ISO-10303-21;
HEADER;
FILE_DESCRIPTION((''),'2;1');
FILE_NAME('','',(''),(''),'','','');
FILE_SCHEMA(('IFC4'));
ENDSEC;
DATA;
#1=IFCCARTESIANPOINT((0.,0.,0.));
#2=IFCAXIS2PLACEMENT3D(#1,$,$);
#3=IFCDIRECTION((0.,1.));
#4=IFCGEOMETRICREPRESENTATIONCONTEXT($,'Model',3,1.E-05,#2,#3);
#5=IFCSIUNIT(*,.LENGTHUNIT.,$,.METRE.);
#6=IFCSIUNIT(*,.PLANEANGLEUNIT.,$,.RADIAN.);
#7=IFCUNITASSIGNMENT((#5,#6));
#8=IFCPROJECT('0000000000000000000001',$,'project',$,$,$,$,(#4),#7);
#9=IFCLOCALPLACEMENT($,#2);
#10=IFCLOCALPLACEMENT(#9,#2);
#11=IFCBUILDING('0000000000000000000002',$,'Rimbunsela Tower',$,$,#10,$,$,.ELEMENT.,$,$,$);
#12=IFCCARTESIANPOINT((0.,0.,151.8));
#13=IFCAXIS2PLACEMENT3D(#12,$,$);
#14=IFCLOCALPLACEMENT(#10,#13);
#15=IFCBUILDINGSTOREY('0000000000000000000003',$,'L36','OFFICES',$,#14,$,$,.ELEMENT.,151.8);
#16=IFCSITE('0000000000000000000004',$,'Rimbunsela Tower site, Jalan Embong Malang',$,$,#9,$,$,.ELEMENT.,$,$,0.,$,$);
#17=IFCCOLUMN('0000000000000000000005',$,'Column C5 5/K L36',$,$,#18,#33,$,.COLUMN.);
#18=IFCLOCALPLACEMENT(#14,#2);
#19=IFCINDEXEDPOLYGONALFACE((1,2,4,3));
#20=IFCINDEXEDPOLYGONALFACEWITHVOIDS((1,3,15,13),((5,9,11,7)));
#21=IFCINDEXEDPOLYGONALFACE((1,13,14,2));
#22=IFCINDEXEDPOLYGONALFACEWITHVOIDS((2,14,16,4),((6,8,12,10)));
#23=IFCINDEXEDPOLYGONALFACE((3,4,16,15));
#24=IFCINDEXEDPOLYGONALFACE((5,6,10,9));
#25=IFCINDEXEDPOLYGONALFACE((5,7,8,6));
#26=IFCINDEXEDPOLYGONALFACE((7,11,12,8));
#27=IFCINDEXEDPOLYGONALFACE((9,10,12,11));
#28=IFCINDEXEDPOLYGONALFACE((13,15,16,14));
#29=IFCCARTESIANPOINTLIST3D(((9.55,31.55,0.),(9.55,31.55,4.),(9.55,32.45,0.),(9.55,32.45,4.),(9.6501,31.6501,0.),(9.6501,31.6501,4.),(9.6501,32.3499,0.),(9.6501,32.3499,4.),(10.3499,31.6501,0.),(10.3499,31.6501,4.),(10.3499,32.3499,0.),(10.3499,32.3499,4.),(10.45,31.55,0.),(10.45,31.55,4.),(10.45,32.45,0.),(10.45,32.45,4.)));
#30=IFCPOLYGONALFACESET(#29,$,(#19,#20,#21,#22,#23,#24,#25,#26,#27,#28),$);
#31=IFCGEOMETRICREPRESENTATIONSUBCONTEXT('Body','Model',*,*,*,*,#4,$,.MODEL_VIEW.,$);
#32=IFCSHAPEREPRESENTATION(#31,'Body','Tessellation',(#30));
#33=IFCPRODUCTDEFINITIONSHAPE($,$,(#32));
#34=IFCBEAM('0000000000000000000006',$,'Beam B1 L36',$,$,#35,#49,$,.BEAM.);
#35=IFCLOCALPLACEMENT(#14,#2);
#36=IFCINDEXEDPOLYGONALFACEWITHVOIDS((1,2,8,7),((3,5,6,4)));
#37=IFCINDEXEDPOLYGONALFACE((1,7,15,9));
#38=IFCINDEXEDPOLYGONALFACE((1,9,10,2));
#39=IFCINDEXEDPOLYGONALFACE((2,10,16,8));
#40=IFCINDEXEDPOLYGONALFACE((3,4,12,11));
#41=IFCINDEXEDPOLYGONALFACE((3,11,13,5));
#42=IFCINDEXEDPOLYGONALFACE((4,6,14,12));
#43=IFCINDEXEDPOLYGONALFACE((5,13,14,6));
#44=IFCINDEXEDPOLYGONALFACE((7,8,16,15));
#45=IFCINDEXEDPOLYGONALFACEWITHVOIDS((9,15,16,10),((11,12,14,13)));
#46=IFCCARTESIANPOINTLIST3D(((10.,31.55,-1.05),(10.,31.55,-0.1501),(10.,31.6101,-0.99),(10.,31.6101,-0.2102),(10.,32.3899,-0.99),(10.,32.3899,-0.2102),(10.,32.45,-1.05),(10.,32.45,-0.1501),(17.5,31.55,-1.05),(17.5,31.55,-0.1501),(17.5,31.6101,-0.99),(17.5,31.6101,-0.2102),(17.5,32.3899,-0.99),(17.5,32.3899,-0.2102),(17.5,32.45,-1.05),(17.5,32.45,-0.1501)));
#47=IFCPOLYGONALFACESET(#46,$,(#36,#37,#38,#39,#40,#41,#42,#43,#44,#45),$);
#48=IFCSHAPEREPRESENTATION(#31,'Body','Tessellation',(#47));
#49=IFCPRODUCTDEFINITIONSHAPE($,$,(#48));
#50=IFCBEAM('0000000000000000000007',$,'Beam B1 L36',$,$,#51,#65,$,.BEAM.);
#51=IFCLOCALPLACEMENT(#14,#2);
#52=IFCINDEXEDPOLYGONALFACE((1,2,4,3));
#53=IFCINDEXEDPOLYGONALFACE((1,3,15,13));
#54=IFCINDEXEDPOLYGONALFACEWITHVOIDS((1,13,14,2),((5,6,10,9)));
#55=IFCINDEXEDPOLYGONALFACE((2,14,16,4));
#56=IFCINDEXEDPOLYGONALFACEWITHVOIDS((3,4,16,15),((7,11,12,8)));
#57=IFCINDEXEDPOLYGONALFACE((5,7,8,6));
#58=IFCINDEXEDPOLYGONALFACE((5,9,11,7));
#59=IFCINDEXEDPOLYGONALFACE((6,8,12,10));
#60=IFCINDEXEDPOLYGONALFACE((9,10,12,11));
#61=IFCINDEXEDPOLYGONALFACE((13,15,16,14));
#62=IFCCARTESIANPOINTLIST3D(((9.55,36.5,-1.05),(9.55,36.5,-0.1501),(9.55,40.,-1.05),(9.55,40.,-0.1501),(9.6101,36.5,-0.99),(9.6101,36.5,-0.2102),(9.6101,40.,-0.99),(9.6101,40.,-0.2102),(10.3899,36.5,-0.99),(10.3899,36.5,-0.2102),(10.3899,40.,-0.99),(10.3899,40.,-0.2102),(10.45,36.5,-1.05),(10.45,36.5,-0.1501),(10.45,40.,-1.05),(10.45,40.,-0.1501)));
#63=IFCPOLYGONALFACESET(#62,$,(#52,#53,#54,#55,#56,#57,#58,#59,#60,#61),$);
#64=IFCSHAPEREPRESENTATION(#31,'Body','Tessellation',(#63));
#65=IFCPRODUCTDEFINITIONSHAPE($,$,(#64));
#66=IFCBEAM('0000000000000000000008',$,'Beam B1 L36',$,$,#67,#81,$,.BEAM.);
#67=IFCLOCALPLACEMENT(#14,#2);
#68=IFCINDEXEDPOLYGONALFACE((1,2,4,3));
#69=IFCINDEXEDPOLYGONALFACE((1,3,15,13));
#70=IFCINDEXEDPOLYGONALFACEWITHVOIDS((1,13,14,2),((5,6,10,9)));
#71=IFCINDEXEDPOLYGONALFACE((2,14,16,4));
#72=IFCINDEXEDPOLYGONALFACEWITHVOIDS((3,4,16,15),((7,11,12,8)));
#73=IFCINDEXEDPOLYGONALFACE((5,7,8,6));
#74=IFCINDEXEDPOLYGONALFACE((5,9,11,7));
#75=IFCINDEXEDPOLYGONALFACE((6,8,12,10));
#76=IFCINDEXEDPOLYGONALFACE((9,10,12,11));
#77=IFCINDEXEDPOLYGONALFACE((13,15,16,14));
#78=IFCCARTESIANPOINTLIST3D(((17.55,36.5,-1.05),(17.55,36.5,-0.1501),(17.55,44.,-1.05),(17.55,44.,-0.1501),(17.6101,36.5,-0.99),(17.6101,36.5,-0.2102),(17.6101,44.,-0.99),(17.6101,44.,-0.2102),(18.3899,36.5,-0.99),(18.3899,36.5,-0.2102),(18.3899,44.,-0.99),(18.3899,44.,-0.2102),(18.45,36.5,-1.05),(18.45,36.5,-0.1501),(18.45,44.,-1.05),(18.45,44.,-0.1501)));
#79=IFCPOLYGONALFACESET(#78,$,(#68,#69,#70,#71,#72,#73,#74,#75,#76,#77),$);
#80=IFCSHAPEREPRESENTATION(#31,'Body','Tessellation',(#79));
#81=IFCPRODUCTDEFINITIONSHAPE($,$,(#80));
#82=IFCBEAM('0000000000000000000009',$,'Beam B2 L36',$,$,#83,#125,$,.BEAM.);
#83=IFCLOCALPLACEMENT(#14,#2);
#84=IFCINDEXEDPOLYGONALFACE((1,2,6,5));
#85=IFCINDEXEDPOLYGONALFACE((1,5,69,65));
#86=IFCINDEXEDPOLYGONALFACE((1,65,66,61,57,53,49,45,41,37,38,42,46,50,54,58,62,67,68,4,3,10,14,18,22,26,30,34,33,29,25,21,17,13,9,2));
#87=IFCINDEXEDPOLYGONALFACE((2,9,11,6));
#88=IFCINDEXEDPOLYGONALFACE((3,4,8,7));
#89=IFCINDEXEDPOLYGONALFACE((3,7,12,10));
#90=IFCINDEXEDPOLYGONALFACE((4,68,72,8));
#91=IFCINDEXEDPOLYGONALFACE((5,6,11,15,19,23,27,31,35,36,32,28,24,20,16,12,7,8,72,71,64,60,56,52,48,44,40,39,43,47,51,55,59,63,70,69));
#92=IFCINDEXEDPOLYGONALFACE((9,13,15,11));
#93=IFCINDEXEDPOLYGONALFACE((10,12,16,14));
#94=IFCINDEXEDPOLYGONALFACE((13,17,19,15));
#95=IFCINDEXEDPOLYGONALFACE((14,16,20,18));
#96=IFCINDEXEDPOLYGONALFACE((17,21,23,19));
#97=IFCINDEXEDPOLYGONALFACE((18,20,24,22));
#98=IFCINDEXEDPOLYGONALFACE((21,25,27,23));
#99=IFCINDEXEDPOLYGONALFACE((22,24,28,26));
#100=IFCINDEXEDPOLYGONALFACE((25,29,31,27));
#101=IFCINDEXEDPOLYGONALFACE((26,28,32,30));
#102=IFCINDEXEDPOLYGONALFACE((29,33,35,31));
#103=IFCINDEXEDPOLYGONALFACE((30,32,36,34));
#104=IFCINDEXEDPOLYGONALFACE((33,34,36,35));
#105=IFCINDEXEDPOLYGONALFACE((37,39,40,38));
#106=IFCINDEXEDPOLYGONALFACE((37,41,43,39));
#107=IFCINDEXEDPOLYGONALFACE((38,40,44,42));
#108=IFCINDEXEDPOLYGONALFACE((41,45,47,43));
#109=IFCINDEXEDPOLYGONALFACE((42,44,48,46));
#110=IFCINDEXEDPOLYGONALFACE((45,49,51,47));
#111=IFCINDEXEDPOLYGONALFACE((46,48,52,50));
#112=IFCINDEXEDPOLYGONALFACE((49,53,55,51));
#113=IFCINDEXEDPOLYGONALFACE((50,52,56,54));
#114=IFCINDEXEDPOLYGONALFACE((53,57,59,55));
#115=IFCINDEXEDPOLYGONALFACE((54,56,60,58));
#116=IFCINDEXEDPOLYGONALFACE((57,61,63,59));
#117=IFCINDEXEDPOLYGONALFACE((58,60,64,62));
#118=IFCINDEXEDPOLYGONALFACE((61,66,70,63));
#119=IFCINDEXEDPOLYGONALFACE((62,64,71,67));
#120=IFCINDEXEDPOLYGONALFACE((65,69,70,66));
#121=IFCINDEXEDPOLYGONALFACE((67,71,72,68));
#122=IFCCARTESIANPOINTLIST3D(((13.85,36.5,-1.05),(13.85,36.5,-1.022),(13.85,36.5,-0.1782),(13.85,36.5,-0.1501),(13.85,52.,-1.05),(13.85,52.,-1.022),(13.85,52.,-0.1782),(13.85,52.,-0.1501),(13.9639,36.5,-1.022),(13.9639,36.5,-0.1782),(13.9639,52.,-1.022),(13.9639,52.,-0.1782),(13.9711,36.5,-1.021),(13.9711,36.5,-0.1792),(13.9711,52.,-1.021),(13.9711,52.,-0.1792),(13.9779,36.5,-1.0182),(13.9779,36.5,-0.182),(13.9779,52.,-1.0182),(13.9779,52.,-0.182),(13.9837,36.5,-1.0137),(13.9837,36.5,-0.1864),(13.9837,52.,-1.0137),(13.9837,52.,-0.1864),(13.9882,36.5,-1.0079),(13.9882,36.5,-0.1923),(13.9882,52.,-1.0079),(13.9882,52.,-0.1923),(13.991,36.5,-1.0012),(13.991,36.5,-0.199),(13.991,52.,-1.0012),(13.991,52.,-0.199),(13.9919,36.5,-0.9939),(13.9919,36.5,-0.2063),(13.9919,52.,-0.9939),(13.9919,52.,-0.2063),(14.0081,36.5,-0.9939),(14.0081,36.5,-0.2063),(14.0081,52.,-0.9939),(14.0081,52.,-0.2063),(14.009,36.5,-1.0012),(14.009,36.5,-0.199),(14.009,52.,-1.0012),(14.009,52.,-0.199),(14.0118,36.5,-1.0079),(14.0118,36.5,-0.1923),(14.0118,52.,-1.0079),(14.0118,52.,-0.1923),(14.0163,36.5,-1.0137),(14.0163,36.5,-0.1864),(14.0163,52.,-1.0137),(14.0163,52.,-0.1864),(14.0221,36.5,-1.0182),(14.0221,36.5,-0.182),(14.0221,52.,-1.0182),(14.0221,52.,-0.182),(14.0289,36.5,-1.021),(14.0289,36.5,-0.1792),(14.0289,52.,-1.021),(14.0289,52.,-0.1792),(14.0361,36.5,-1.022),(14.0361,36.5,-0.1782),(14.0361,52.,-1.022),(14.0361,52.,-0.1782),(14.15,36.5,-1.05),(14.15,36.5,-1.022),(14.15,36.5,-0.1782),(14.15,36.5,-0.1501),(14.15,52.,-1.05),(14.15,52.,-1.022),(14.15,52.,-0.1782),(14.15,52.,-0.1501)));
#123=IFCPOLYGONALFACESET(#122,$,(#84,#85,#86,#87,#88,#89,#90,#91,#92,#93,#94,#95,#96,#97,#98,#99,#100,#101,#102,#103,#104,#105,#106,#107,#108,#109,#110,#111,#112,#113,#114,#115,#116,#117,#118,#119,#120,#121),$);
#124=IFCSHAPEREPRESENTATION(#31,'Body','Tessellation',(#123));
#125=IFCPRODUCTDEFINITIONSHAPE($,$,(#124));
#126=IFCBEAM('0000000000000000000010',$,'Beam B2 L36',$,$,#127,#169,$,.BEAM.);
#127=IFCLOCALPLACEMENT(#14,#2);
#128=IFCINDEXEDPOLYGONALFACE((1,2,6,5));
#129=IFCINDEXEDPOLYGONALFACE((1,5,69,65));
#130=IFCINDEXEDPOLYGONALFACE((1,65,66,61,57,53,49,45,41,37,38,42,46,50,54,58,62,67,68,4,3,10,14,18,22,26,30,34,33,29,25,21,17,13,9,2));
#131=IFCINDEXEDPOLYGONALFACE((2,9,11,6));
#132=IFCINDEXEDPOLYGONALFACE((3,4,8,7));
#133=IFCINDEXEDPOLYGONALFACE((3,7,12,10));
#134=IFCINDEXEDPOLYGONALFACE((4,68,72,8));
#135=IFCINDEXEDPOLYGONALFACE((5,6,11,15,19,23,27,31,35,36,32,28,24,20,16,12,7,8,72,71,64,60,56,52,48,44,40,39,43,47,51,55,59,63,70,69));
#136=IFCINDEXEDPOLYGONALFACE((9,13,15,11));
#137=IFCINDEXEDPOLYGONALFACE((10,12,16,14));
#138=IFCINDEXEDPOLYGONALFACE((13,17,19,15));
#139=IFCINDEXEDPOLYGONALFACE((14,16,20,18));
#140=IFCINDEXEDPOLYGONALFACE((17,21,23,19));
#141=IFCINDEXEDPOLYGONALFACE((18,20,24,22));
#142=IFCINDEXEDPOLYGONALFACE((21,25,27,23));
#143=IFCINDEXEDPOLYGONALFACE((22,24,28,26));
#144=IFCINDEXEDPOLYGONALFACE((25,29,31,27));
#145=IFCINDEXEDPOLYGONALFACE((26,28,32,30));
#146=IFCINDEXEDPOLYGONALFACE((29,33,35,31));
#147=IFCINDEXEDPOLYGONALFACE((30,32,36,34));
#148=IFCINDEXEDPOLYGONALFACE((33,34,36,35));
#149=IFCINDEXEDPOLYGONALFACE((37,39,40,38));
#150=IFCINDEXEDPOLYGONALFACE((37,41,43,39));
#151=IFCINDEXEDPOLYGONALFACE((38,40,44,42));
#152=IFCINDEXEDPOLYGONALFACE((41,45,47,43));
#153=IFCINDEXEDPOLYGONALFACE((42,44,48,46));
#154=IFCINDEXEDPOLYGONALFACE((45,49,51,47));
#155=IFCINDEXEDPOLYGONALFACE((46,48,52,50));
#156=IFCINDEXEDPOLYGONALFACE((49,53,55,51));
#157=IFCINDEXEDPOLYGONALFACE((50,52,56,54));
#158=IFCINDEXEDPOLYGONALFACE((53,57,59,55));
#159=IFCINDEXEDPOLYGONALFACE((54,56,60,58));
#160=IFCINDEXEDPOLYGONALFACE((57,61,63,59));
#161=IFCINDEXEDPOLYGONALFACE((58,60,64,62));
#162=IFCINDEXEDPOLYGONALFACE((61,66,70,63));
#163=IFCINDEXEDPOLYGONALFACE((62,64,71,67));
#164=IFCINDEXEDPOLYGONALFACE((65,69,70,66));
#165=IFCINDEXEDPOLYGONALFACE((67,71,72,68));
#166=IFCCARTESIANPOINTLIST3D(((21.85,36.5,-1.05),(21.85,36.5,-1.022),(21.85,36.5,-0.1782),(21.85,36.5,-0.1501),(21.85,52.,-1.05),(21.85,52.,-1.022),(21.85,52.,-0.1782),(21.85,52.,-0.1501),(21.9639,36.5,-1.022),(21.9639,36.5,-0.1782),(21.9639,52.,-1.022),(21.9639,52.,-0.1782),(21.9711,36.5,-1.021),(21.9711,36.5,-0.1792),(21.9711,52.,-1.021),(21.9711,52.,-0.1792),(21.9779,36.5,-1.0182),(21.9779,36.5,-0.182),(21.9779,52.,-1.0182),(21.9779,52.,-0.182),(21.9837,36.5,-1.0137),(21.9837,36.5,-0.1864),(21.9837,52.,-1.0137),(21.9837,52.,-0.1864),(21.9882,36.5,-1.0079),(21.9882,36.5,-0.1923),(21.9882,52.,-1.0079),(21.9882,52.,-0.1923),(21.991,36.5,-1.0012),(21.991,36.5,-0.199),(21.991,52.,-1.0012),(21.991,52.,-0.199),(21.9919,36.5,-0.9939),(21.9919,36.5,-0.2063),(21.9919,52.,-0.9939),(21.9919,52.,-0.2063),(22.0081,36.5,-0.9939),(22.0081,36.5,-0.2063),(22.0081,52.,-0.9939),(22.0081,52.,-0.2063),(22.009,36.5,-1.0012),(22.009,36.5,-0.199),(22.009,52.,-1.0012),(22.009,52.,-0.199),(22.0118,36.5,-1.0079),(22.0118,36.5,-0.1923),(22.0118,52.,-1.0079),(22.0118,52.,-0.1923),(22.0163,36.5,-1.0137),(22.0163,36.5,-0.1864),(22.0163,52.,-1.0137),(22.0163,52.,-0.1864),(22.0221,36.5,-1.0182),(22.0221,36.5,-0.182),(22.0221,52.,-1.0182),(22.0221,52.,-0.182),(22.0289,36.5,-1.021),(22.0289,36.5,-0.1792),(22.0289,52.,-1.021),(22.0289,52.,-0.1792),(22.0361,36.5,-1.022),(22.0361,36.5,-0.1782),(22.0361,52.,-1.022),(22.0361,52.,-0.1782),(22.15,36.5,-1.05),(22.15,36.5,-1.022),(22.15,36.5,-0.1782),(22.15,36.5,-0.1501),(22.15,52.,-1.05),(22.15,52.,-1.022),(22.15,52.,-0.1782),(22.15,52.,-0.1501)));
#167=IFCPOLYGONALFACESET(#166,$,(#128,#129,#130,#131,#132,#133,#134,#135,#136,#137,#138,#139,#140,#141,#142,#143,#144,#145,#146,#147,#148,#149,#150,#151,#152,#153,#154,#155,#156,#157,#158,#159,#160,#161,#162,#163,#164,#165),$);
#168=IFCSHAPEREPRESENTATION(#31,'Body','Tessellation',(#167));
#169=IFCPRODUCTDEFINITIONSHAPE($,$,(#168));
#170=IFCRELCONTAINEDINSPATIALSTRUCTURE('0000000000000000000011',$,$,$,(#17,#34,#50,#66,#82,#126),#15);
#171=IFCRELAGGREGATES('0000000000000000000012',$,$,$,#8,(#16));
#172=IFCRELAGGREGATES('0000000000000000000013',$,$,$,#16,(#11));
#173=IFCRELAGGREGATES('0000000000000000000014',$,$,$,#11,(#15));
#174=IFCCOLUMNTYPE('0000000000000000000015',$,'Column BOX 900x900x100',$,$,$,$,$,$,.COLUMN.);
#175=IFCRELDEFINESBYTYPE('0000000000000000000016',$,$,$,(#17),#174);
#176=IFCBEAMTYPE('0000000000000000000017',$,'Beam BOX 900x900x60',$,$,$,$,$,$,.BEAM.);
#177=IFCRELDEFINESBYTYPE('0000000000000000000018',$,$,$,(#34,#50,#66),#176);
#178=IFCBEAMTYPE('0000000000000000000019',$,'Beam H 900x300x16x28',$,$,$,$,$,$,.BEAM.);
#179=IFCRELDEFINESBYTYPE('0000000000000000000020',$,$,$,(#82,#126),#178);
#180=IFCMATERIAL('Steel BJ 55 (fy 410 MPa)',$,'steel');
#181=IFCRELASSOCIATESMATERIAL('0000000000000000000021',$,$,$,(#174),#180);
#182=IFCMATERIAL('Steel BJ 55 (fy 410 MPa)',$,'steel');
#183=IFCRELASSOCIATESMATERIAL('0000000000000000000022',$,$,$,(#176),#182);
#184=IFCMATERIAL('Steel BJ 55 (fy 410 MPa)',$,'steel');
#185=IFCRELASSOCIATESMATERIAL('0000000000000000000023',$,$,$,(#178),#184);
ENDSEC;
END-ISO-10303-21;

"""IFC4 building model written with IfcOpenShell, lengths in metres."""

from ifc_helpers import new_model, si_unit, direction, frame, origin, origin_2d, place, context, subcontext, project, spatial, hollow_rectangle, i_section, extrude, material, material_profile, profile_set, type_object, element, save


model = new_model("IFC4")

# Units and contexts
model_context = context("Model", 3, precision=1e-05, world=origin(), true_north=direction((0.0, 1.0)))
body_context = subcontext(model_context, "Body", "Model", "MODEL_VIEW")
ifc_project = project(units=[si_unit("LENGTHUNIT", "METRE"), si_unit("PLANEANGLEUNIT", "RADIAN")], contexts=[model_context])

# Site, building, storey
site_placement = place(None, origin())
site = spatial("IfcSite", under=ifc_project, at=site_placement, Name="Rimbunsela Tower site, Jalan Embong Malang", CompositionType="ELEMENT", RefElevation=0.0)
building_placement = place(site_placement, origin())
building = spatial("IfcBuilding", under=site, at=building_placement, Name="Rimbunsela Tower", CompositionType="ELEMENT")
storey_placement = place(building_placement, frame((0.0, 0.0, 151.8)))
storey = spatial("IfcBuildingStorey", under=building, at=storey_placement, Name="L36", Description="OFFICES", CompositionType="ELEMENT", Elevation=151.8)

# Column
ifc_material_1 = material(Name="Steel BJ 55 (fy 410 MPa)", Category="steel")
ifc_material_profile_1 = material_profile(ifc_material_1, hollow_rectangle(XDim=0.8999, YDim=0.8999, WallThickness=0.1001, at=origin_2d()), Name="BOX 900x900x100")
ifc_profile_set_1 = profile_set([ifc_material_profile_1], Name="Steel BJ 55 (fy 410 MPa)")
column_type = type_object("IfcColumnType", Name="Column BOX 900x900x100", PredefinedType="COLUMN", material=ifc_profile_set_1)
column_placement = place(storey_placement, frame((10.0, 32.0, 0.0), z_axis=(0.0, 0.0, 1.0), x_axis=(1.0, 0.0, 0.0)))
element("IfcColumn", 1, at=column_placement, inside=storey, type_object=column_type, Name="Column C5 5/K L36", PredefinedType="COLUMN", context=body_context, shape_type="SweptSolid", body=[
    extrude(hollow_rectangle(XDim=0.8999, YDim=0.8999, WallThickness=0.1001, at=origin_2d()), origin(), (0.0, 0.0, 1.0), 4.0),
])

# Beams
ifc_material_2 = material(Name="Steel BJ 55 (fy 410 MPa)", Category="steel")
ifc_material_profile_2 = material_profile(ifc_material_2, hollow_rectangle(XDim=0.8999, YDim=0.8999, WallThickness=0.0601, at=origin_2d()), Name="BOX 900x900x60")
ifc_profile_set_2 = profile_set([ifc_material_profile_2], Name="Steel BJ 55 (fy 410 MPa)")
beam_type_1 = type_object("IfcBeamType", Name="Beam BOX 900x900x60", PredefinedType="BEAM", material=ifc_profile_set_2)
beam_1_placement = place(storey_placement, frame((10.0, 32.0, -0.6001), z_axis=(1.0, 0.0, 0.0), x_axis=(0.0, 1.0, 0.0)))
element("IfcBeam", 2, at=beam_1_placement, inside=storey, type_object=beam_type_1, Name="Beam B1 L36", PredefinedType="BEAM", context=body_context, shape_type="SweptSolid", body=[
    extrude(hollow_rectangle(XDim=0.8999, YDim=0.8999, WallThickness=0.0601, at=origin_2d()), origin(), (0.0, 0.0, 1.0), 7.5),
])
beam_2_placement = place(storey_placement, frame((10.0, 36.5, -0.6001), z_axis=(0.0, 1.0, 0.0), x_axis=(-1.0, 0.0, 0.0)))
element("IfcBeam", 3, at=beam_2_placement, inside=storey, type_object=beam_type_1, Name="Beam B1 L36", PredefinedType="BEAM", context=body_context, shape_type="SweptSolid", body=[
    extrude(hollow_rectangle(XDim=0.8999, YDim=0.8999, WallThickness=0.0601, at=origin_2d()), origin(), (0.0, 0.0, 1.0), 3.5),
])
beam_3_placement = place(storey_placement, frame((18.0, 36.5, -0.6001), z_axis=(0.0, 1.0, 0.0), x_axis=(-1.0, 0.0, 0.0)))
element("IfcBeam", 4, at=beam_3_placement, inside=storey, type_object=beam_type_1, Name="Beam B1 L36", PredefinedType="BEAM", context=body_context, shape_type="SweptSolid", body=[
    extrude(hollow_rectangle(XDim=0.8999, YDim=0.8999, WallThickness=0.0601, at=origin_2d()), origin(), (0.0, 0.0, 1.0), 7.5),
])
ifc_material_3 = material(Name="Steel BJ 55 (fy 410 MPa)", Category="steel")
ifc_material_profile_3 = material_profile(ifc_material_3, i_section(OverallWidth=0.3, OverallDepth=0.8999, WebThickness=0.0161, FlangeThickness=0.0281, FilletRadius=0.0281, at=origin_2d()), Name="H 900x300x16x28")
ifc_profile_set_3 = profile_set([ifc_material_profile_3], Name="Steel BJ 55 (fy 410 MPa)")
beam_type_2 = type_object("IfcBeamType", Name="Beam H 900x300x16x28", PredefinedType="BEAM", material=ifc_profile_set_3)
for number, where, z_axis, x_axis, name in (
    (5, (14.0, 36.5, -0.6001), (0.0, 1.0, 0.0), (-1.0, 0.0, 0.0), "Beam B2 L36"),
    (6, (22.0, 36.5, -0.6001), (0.0, 1.0, 0.0), (-1.0, 0.0, 0.0), "Beam B2 L36"),
):
    element("IfcBeam", number, at=place(storey_placement, frame(where, z_axis=z_axis, x_axis=x_axis)), inside=storey, type_object=beam_type_2, Name=name, PredefinedType="BEAM", context=body_context, shape_type="SweptSolid", body=[
        extrude(i_section(OverallWidth=0.3, OverallDepth=0.8999, WebThickness=0.0161, FlangeThickness=0.0281, FilletRadius=0.0281, at=origin_2d()), origin(), (0.0, 0.0, 1.0), 15.5),
    ])

save(model, "model.ifc")
